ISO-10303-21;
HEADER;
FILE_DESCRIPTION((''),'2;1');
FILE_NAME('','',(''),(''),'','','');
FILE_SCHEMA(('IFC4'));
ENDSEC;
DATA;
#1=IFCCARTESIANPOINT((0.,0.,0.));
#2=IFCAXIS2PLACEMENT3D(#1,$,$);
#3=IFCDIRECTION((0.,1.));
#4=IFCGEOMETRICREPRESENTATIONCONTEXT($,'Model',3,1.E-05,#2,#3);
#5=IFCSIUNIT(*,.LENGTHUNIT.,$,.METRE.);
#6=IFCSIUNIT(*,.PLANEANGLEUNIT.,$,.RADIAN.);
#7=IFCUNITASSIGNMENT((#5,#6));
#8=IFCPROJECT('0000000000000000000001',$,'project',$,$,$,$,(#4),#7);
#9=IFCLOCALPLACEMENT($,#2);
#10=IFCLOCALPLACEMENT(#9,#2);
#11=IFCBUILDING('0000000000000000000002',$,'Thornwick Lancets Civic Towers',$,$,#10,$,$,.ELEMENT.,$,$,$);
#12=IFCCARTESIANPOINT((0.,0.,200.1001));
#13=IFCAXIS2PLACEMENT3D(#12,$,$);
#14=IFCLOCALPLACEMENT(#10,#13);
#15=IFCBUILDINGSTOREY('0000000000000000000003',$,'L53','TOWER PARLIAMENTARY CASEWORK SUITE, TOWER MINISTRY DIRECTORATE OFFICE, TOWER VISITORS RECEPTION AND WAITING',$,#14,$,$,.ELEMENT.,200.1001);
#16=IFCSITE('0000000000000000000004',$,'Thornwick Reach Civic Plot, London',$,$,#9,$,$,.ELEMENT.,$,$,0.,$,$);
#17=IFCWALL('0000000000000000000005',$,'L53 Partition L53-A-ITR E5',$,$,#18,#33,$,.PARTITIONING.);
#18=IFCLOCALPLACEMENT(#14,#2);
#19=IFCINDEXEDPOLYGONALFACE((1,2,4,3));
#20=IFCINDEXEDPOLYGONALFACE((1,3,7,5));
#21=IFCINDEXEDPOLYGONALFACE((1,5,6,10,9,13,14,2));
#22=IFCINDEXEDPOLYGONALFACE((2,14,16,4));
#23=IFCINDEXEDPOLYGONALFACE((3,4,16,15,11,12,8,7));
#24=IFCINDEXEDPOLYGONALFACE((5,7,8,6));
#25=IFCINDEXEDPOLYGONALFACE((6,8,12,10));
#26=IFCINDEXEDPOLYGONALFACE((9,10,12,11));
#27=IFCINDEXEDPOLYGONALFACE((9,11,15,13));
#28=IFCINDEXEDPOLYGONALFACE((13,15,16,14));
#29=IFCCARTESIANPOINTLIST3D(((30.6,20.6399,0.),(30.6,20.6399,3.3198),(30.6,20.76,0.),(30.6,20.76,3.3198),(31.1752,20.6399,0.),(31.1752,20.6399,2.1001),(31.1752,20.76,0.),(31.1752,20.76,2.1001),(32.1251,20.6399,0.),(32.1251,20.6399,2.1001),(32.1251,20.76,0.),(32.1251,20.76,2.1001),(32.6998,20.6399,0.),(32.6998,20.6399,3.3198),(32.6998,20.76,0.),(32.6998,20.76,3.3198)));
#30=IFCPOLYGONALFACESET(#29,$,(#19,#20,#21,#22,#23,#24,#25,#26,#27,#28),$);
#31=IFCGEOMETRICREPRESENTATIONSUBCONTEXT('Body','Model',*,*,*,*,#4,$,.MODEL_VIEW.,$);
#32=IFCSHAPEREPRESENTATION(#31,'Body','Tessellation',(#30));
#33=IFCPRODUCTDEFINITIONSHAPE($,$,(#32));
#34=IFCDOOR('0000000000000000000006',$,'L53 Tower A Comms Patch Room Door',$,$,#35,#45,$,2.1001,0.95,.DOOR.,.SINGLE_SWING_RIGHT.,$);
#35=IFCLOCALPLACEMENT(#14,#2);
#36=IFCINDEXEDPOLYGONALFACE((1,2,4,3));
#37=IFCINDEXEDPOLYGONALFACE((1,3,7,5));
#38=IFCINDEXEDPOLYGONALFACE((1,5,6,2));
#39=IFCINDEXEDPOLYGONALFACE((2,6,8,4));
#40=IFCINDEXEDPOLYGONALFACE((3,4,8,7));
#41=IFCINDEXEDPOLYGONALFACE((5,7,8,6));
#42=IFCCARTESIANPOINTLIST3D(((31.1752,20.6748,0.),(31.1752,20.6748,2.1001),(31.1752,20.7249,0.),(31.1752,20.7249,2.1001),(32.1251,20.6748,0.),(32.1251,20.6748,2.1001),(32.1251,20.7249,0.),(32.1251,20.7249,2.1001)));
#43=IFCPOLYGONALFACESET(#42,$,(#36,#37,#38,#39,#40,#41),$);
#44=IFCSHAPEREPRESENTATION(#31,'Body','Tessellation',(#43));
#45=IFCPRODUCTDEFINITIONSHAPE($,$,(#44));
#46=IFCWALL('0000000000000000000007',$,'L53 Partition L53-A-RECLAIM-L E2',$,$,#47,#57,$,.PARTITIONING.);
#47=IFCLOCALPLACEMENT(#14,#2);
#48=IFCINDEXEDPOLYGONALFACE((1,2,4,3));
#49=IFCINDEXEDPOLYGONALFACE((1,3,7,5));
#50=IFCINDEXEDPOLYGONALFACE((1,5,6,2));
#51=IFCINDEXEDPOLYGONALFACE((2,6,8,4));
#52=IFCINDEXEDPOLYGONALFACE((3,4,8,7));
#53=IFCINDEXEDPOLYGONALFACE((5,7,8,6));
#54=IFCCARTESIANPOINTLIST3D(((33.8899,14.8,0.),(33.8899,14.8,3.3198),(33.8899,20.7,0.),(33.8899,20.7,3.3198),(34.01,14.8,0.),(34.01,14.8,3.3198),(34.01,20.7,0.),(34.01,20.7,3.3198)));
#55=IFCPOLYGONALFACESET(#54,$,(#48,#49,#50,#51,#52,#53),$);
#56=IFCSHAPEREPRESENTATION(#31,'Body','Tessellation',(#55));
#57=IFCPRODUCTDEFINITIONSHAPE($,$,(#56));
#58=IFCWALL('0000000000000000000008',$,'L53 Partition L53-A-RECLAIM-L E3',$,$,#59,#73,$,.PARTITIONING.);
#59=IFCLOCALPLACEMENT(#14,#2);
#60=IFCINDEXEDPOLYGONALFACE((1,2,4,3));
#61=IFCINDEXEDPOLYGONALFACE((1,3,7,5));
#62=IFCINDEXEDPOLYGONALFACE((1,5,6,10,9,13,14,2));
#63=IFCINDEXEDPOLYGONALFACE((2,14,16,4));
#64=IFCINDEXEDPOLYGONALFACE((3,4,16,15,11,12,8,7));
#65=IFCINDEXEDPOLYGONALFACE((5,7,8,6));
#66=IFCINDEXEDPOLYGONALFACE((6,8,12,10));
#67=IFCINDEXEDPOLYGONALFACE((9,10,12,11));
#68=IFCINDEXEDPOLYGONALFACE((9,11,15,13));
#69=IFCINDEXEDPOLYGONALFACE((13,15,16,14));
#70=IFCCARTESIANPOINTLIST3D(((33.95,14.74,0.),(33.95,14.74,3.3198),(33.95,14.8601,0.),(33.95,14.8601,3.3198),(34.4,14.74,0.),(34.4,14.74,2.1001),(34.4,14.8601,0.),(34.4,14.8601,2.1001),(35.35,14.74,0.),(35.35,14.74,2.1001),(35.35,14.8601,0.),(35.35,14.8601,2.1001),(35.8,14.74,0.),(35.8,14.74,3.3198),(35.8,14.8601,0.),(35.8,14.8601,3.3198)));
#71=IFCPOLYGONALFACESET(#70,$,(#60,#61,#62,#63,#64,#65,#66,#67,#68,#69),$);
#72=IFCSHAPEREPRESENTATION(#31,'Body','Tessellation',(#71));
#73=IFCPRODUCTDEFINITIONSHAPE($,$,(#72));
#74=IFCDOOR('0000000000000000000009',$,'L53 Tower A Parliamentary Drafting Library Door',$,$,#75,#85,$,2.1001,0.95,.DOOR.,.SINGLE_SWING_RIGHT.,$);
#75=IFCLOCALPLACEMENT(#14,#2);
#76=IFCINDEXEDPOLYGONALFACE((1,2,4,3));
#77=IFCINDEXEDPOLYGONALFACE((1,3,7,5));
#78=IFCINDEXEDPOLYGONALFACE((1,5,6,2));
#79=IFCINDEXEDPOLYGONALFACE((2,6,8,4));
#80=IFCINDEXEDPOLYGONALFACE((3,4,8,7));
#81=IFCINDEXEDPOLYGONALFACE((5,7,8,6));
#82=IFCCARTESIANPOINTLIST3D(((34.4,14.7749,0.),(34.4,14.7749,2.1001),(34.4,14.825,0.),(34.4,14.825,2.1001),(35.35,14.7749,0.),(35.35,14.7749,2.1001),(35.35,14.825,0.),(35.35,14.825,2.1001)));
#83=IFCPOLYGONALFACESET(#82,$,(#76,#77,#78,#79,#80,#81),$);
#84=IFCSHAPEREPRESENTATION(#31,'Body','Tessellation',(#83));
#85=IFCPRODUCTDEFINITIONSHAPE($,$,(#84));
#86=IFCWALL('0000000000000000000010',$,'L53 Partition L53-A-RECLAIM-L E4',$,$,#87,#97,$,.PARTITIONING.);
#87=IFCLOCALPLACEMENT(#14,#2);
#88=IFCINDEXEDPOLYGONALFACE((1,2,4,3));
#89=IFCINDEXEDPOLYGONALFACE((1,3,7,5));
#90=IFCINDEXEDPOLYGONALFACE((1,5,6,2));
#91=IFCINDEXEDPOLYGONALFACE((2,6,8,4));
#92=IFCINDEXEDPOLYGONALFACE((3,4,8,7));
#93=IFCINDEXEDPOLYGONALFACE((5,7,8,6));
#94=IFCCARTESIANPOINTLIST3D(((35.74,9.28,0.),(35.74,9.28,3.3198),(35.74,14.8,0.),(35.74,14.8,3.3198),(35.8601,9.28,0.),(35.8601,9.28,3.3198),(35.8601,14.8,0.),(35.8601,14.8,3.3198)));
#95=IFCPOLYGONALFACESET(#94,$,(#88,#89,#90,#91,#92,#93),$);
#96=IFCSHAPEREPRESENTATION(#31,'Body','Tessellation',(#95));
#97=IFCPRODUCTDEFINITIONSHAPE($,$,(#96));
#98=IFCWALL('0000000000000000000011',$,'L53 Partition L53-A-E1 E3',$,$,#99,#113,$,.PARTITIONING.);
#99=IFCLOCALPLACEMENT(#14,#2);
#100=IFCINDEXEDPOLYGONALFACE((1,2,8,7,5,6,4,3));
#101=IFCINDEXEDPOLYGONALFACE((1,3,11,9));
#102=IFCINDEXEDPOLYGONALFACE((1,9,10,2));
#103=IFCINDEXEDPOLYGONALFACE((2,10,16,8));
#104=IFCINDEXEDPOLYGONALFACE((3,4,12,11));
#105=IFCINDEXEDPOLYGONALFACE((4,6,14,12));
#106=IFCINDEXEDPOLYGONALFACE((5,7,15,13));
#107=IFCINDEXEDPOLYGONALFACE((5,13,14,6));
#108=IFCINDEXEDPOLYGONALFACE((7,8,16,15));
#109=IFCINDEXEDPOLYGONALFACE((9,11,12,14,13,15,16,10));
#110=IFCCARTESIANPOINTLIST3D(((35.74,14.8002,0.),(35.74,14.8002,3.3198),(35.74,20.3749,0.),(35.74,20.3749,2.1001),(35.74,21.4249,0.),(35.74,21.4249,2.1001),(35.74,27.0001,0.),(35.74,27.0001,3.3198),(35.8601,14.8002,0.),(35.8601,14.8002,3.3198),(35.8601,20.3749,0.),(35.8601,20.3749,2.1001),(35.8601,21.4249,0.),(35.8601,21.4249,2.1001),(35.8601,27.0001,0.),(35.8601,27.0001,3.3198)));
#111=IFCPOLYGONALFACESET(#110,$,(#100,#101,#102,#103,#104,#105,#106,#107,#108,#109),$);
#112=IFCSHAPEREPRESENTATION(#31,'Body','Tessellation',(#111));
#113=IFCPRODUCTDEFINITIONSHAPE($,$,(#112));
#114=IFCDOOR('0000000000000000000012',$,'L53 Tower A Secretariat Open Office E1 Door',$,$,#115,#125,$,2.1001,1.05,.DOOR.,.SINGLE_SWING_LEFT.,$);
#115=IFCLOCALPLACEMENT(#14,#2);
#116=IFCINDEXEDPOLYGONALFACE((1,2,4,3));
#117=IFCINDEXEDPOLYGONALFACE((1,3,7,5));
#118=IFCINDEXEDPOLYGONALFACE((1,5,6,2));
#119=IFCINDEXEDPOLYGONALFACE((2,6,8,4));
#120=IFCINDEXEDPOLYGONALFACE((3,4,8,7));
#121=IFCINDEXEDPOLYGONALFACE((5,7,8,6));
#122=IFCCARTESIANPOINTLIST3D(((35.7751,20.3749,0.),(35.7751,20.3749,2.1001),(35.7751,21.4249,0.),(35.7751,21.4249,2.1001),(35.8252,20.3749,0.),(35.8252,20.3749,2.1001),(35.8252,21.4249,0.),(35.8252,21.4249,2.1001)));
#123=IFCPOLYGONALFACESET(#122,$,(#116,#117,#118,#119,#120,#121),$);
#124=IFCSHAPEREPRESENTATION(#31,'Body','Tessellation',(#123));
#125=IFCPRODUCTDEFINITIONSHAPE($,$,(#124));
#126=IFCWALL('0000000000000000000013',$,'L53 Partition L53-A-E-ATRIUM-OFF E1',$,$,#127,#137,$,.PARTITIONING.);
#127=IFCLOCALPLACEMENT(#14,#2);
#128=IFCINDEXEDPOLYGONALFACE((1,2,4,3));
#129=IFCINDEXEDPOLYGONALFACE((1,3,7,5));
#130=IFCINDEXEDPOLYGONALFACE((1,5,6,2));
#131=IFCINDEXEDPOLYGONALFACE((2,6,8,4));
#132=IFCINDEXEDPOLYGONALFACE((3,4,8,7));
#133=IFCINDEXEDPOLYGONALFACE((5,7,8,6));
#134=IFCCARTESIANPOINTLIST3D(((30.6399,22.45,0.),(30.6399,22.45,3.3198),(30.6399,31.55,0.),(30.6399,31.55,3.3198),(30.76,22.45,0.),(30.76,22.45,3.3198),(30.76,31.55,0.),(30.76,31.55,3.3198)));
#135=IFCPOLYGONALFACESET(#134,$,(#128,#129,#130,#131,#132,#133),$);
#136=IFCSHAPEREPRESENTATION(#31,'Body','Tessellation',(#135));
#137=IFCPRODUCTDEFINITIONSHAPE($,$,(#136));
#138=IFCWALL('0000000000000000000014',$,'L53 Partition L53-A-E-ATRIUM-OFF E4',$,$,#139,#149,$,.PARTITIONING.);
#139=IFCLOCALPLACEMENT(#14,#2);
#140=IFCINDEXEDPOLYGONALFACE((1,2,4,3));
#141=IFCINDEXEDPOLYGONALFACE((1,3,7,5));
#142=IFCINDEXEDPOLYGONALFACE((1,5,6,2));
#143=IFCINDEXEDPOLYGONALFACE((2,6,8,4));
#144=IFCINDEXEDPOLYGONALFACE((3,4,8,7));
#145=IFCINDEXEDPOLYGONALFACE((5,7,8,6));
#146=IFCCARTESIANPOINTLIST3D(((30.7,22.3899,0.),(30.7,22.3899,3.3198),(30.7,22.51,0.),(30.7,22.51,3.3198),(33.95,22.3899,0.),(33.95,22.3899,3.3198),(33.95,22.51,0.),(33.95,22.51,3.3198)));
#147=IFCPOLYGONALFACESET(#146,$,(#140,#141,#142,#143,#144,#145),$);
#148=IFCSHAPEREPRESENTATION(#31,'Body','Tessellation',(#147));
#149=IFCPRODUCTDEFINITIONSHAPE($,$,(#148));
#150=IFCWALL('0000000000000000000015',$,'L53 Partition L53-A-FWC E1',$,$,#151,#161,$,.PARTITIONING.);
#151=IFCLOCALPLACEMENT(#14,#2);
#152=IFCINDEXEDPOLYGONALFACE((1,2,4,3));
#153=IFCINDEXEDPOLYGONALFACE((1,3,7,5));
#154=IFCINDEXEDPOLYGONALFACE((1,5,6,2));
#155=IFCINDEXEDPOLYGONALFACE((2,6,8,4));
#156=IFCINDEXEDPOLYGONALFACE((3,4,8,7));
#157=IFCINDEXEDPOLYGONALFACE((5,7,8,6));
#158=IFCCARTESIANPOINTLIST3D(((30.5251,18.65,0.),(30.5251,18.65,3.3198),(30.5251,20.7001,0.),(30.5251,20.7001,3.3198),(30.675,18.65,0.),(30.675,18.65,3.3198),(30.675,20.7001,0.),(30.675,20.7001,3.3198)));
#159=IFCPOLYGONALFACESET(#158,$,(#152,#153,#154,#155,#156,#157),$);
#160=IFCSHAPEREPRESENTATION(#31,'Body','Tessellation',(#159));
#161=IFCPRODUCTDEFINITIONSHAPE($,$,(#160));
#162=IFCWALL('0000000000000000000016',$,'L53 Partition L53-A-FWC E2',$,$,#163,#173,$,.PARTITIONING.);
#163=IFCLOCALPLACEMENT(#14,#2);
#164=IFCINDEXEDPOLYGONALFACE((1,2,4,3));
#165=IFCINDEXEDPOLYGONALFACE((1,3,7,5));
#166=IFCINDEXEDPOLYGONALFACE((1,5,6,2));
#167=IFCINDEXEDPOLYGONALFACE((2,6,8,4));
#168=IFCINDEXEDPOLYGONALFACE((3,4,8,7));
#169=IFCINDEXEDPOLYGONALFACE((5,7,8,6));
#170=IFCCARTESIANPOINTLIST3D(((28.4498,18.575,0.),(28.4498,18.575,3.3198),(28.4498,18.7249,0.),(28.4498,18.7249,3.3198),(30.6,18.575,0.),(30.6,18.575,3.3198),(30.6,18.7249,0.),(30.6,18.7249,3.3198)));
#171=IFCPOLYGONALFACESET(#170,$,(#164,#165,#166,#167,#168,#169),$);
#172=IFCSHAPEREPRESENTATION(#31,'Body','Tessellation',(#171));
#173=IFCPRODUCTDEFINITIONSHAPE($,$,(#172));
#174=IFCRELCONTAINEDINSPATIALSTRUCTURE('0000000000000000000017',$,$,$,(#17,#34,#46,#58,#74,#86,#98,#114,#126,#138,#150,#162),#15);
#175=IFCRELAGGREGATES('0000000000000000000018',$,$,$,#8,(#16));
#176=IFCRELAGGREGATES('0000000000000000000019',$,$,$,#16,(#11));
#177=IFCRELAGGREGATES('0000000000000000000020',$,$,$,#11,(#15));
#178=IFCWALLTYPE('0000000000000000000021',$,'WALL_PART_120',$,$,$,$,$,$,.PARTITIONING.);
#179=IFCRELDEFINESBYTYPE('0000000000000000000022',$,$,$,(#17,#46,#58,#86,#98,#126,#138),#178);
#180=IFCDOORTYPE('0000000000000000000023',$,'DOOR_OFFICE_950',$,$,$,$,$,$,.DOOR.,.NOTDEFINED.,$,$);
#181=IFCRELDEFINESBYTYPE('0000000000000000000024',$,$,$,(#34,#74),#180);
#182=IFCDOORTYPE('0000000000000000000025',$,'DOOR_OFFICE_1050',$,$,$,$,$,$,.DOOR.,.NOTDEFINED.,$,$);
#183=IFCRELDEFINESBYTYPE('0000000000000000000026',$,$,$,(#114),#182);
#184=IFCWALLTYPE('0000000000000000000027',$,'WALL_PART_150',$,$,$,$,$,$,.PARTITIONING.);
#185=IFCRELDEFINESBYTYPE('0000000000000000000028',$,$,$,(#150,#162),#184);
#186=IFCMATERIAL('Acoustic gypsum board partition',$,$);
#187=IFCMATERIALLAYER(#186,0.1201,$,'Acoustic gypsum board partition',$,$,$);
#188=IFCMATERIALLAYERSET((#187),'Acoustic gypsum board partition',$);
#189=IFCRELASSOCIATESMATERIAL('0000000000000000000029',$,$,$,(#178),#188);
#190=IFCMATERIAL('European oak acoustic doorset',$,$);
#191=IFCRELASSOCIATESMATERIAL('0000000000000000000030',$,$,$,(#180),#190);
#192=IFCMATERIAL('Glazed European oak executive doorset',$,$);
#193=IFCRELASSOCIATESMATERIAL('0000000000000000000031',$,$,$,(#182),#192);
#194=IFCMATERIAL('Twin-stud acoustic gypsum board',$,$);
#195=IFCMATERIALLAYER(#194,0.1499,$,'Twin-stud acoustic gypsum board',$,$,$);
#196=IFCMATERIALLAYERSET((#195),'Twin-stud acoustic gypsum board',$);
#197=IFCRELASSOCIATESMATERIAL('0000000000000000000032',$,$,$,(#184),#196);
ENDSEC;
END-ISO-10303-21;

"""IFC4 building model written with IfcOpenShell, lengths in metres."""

from ifc_helpers import new_model, si_unit, direction, frame, frame_2d, origin, place, context, subcontext, project, spatial, rectangle, extrude, material, layer, layer_set, type_object, element, fill, save


model = new_model("IFC4")

# Units and contexts
model_context = context("Model", 3, precision=1e-05, world=origin(), true_north=direction((0.0, 1.0)))
body_context = subcontext(model_context, "Body", "Model", "MODEL_VIEW")
ifc_project = project(units=[si_unit("LENGTHUNIT", "METRE"), si_unit("PLANEANGLEUNIT", "RADIAN")], contexts=[model_context])

# Site, building, storey
site_placement = place(None, origin())
site = spatial("IfcSite", under=ifc_project, at=site_placement, Name="Thornwick Reach Civic Plot, London", CompositionType="ELEMENT", RefElevation=0.0)
building_placement = place(site_placement, origin())
building = spatial("IfcBuilding", under=site, at=building_placement, Name="Thornwick Lancets Civic Towers", CompositionType="ELEMENT")
storey_placement = place(building_placement, frame((0.0, 0.0, 200.1001)))
storey = spatial("IfcBuildingStorey", under=building, at=storey_placement, Name="L53", Description="TOWER PARLIAMENTARY CASEWORK SUITE, TOWER MINISTRY DIRECTORATE OFFICE, TOWER VISITORS RECEPTION AND WAITING", CompositionType="ELEMENT", Elevation=200.1001)

# Shared definitions
ifc_material_1 = material(Name="Acoustic gypsum board partition")
ifc_layer_1 = layer(ifc_material_1, 0.1201, Name="Acoustic gypsum board partition")
ifc_layer_set_1 = layer_set([ifc_layer_1], Name="Acoustic gypsum board partition")
wall_type_1 = type_object("IfcWallType", Name="WALL_PART_120", PredefinedType="PARTITIONING", material=ifc_layer_set_1)

# Wall, opening, door
wall_1_placement = place(storey_placement, frame((30.6001, 20.7, 0.0), z_axis=(0.0, 0.0, 1.0), x_axis=(1.0, 0.0, 0.0)))
wall_1 = element("IfcWall", 1, at=wall_1_placement, inside=storey, type_object=wall_type_1, Name="L53 Partition L53-A-ITR E5", PredefinedType="PARTITIONING", context=body_context, shape_type="SweptSolid", body=[
    extrude(rectangle(XDim=2.0999, YDim=0.1201, at=frame_2d((1.0498, 0.0))), origin(), (0.0, 0.0, 1.0), 3.3198),
])
opening_1_placement = place(wall_1_placement, frame((0.575, 0.0, 0.0)))
opening_1 = element("IfcOpeningElement", 2, at=opening_1_placement, cuts=wall_1, PredefinedType="OPENING", context=body_context, shape_type="SweptSolid", body=[
    extrude(rectangle(XDim=0.95, YDim=2.1001, at=frame_2d((0.4751, 1.05))), frame((0.0, 0.0701, 0.0), z_axis=(0.0, -1.0, 0.0), x_axis=(1.0, 0.0, 0.0)), (0.0, 0.0, 1.0), 0.1401),
])
ifc_material_2 = material(Name="European oak acoustic doorset")
door_type_1 = type_object("IfcDoorType", Name="DOOR_OFFICE_950", OperationType="NOTDEFINED", PredefinedType="DOOR", material=ifc_material_2)
door_1_placement = place(opening_1_placement, origin())
door_1 = element("IfcDoor", 3, at=door_1_placement, inside=storey, type_object=door_type_1, Name="L53 Tower A Comms Patch Room Door", OperationType="SINGLE_SWING_RIGHT", OverallHeight=2.1001, OverallWidth=0.95, PredefinedType="DOOR", context=body_context, shape_type="SweptSolid", body=[
    extrude(rectangle(XDim=0.95, YDim=2.1001, at=frame_2d((0.4751, 1.05))), frame((0.0, 0.0249, 0.0), z_axis=(0.0, -1.0, 0.0), x_axis=(1.0, 0.0, 0.0)), (0.0, 0.0, 1.0), 0.05),
])
fill(opening_1, door_1)

# Wall
wall_2_placement = place(storey_placement, frame((33.95, 20.7, 0.0), z_axis=(0.0, 0.0, 1.0), x_axis=(0.0, -1.0, 0.0)))
element("IfcWall", 4, at=wall_2_placement, inside=storey, type_object=wall_type_1, Name="L53 Partition L53-A-RECLAIM-L E2", PredefinedType="PARTITIONING", context=body_context, shape_type="SweptSolid", body=[
    extrude(rectangle(XDim=5.8999, YDim=0.1201, at=frame_2d((2.95, 0.0))), origin(), (0.0, 0.0, 1.0), 3.3198),
])

# Wall, opening, door
wall_3_placement = place(storey_placement, frame((33.95, 14.8, 0.0), z_axis=(0.0, 0.0, 1.0), x_axis=(1.0, 0.0, 0.0)))
wall_3 = element("IfcWall", 5, at=wall_3_placement, inside=storey, type_object=wall_type_1, Name="L53 Partition L53-A-RECLAIM-L E3", PredefinedType="PARTITIONING", context=body_context, shape_type="SweptSolid", body=[
    extrude(rectangle(XDim=1.8501, YDim=0.1201, at=frame_2d((0.925, 0.0))), origin(), (0.0, 0.0, 1.0), 3.3198),
])
opening_2_placement = place(wall_3_placement, frame((0.45, 0.0, 0.0)))
opening_2 = element("IfcOpeningElement", 6, at=opening_2_placement, cuts=wall_3, PredefinedType="OPENING", context=body_context, shape_type="SweptSolid", body=[
    extrude(rectangle(XDim=0.95, YDim=2.1001, at=frame_2d((0.4751, 1.05))), frame((0.0, 0.0701, 0.0), z_axis=(0.0, -1.0, 0.0), x_axis=(1.0, 0.0, 0.0)), (0.0, 0.0, 1.0), 0.1401),
])
door_2_placement = place(opening_2_placement, origin())
door_2 = element("IfcDoor", 7, at=door_2_placement, inside=storey, type_object=door_type_1, Name="L53 Tower A Parliamentary Drafting Library Door", OperationType="SINGLE_SWING_RIGHT", OverallHeight=2.1001, OverallWidth=0.95, PredefinedType="DOOR", context=body_context, shape_type="SweptSolid", body=[
    extrude(rectangle(XDim=0.95, YDim=2.1001, at=frame_2d((0.4751, 1.05))), frame((0.0, 0.0249, 0.0), z_axis=(0.0, -1.0, 0.0), x_axis=(1.0, 0.0, 0.0)), (0.0, 0.0, 1.0), 0.05),
])
fill(opening_2, door_2)

# Wall
wall_4_placement = place(storey_placement, frame((35.8, 14.8, 0.0), z_axis=(0.0, 0.0, 1.0), x_axis=(0.0, -1.0, 0.0)))
element("IfcWall", 8, at=wall_4_placement, inside=storey, type_object=wall_type_1, Name="L53 Partition L53-A-RECLAIM-L E4", PredefinedType="PARTITIONING", context=body_context, shape_type="SweptSolid", body=[
    extrude(rectangle(XDim=5.52, YDim=0.1201, at=frame_2d((2.76, 0.0))), origin(), (0.0, 0.0, 1.0), 3.3198),
])

# Wall, opening, door
wall_5_placement = place(storey_placement, frame((35.8, 14.8, 0.0), z_axis=(0.0, 0.0, 1.0), x_axis=(0.0, 1.0, 0.0)))
wall_5 = element("IfcWall", 9, at=wall_5_placement, inside=storey, type_object=wall_type_1, Name="L53 Partition L53-A-E1 E3", PredefinedType="PARTITIONING", context=body_context, shape_type="SweptSolid", body=[
    extrude(rectangle(XDim=12.2, YDim=0.1201, at=frame_2d((6.1001, 0.0))), origin(), (0.0, 0.0, 1.0), 3.3198),
])
opening_3_placement = place(wall_5_placement, frame((5.575, 0.0, 0.0)))
opening_3 = element("IfcOpeningElement", 10, at=opening_3_placement, cuts=wall_5, PredefinedType="OPENING", context=body_context, shape_type="SweptSolid", body=[
    extrude(rectangle(XDim=1.05, YDim=2.1001, at=frame_2d((0.5249, 1.05))), frame((0.0, 0.0701, 0.0), z_axis=(0.0, -1.0, 0.0), x_axis=(1.0, 0.0, 0.0)), (0.0, 0.0, 1.0), 0.1401),
])
ifc_material_3 = material(Name="Glazed European oak executive doorset")
door_type_2 = type_object("IfcDoorType", Name="DOOR_OFFICE_1050", OperationType="NOTDEFINED", PredefinedType="DOOR", material=ifc_material_3)
door_3_placement = place(opening_3_placement, origin())
door_3 = element("IfcDoor", 11, at=door_3_placement, inside=storey, type_object=door_type_2, Name="L53 Tower A Secretariat Open Office E1 Door", OperationType="SINGLE_SWING_LEFT", OverallHeight=2.1001, OverallWidth=1.05, PredefinedType="DOOR", context=body_context, shape_type="SweptSolid", body=[
    extrude(rectangle(XDim=1.05, YDim=2.1001, at=frame_2d((0.5249, 1.05))), frame((0.0, 0.0249, 0.0), z_axis=(0.0, -1.0, 0.0), x_axis=(1.0, 0.0, 0.0)), (0.0, 0.0, 1.0), 0.05),
])
fill(opening_3, door_3)

# Walls
wall_6_placement = place(storey_placement, frame((30.7, 22.45, 0.0), z_axis=(0.0, 0.0, 1.0), x_axis=(0.0, 1.0, 0.0)))
element("IfcWall", 12, at=wall_6_placement, inside=storey, type_object=wall_type_1, Name="L53 Partition L53-A-E-ATRIUM-OFF E1", PredefinedType="PARTITIONING", context=body_context, shape_type="SweptSolid", body=[
    extrude(rectangle(XDim=9.1001, YDim=0.1201, at=frame_2d((4.55, 0.0))), origin(), (0.0, 0.0, 1.0), 3.3198),
])
wall_7_placement = place(storey_placement, frame((33.95, 22.45, 0.0), z_axis=(0.0, 0.0, 1.0), x_axis=(-1.0, 0.0, 0.0)))
element("IfcWall", 13, at=wall_7_placement, inside=storey, type_object=wall_type_1, Name="L53 Partition L53-A-E-ATRIUM-OFF E4", PredefinedType="PARTITIONING", context=body_context, shape_type="SweptSolid", body=[
    extrude(rectangle(XDim=3.25, YDim=0.1201, at=frame_2d((1.625, 0.0))), origin(), (0.0, 0.0, 1.0), 3.3198),
])
ifc_material_4 = material(Name="Twin-stud acoustic gypsum board")
ifc_layer_2 = layer(ifc_material_4, 0.1499, Name="Twin-stud acoustic gypsum board")
ifc_layer_set_2 = layer_set([ifc_layer_2], Name="Twin-stud acoustic gypsum board")
wall_type_2 = type_object("IfcWallType", Name="WALL_PART_150", PredefinedType="PARTITIONING", material=ifc_layer_set_2)
wall_8_placement = place(storey_placement, frame((30.6001, 20.7, 0.0), z_axis=(0.0, 0.0, 1.0), x_axis=(0.0, -1.0, 0.0)))
element("IfcWall", 14, at=wall_8_placement, inside=storey, type_object=wall_type_2, Name="L53 Partition L53-A-FWC E1", PredefinedType="PARTITIONING", context=body_context, shape_type="SweptSolid", body=[
    extrude(rectangle(XDim=2.05, YDim=0.1499, at=frame_2d((1.0249, 0.0))), origin(), (0.0, 0.0, 1.0), 3.3198),
])
wall_9_placement = place(storey_placement, frame((30.6001, 18.6499, 0.0), z_axis=(0.0, 0.0, 1.0), x_axis=(-1.0, 0.0, 0.0)))
element("IfcWall", 15, at=wall_9_placement, inside=storey, type_object=wall_type_2, Name="L53 Partition L53-A-FWC E2", PredefinedType="PARTITIONING", context=body_context, shape_type="SweptSolid", body=[
    extrude(rectangle(XDim=2.1501, YDim=0.1499, at=frame_2d((1.0752, 0.0))), origin(), (0.0, 0.0, 1.0), 3.3198),
])

save(model, "model.ifc")
